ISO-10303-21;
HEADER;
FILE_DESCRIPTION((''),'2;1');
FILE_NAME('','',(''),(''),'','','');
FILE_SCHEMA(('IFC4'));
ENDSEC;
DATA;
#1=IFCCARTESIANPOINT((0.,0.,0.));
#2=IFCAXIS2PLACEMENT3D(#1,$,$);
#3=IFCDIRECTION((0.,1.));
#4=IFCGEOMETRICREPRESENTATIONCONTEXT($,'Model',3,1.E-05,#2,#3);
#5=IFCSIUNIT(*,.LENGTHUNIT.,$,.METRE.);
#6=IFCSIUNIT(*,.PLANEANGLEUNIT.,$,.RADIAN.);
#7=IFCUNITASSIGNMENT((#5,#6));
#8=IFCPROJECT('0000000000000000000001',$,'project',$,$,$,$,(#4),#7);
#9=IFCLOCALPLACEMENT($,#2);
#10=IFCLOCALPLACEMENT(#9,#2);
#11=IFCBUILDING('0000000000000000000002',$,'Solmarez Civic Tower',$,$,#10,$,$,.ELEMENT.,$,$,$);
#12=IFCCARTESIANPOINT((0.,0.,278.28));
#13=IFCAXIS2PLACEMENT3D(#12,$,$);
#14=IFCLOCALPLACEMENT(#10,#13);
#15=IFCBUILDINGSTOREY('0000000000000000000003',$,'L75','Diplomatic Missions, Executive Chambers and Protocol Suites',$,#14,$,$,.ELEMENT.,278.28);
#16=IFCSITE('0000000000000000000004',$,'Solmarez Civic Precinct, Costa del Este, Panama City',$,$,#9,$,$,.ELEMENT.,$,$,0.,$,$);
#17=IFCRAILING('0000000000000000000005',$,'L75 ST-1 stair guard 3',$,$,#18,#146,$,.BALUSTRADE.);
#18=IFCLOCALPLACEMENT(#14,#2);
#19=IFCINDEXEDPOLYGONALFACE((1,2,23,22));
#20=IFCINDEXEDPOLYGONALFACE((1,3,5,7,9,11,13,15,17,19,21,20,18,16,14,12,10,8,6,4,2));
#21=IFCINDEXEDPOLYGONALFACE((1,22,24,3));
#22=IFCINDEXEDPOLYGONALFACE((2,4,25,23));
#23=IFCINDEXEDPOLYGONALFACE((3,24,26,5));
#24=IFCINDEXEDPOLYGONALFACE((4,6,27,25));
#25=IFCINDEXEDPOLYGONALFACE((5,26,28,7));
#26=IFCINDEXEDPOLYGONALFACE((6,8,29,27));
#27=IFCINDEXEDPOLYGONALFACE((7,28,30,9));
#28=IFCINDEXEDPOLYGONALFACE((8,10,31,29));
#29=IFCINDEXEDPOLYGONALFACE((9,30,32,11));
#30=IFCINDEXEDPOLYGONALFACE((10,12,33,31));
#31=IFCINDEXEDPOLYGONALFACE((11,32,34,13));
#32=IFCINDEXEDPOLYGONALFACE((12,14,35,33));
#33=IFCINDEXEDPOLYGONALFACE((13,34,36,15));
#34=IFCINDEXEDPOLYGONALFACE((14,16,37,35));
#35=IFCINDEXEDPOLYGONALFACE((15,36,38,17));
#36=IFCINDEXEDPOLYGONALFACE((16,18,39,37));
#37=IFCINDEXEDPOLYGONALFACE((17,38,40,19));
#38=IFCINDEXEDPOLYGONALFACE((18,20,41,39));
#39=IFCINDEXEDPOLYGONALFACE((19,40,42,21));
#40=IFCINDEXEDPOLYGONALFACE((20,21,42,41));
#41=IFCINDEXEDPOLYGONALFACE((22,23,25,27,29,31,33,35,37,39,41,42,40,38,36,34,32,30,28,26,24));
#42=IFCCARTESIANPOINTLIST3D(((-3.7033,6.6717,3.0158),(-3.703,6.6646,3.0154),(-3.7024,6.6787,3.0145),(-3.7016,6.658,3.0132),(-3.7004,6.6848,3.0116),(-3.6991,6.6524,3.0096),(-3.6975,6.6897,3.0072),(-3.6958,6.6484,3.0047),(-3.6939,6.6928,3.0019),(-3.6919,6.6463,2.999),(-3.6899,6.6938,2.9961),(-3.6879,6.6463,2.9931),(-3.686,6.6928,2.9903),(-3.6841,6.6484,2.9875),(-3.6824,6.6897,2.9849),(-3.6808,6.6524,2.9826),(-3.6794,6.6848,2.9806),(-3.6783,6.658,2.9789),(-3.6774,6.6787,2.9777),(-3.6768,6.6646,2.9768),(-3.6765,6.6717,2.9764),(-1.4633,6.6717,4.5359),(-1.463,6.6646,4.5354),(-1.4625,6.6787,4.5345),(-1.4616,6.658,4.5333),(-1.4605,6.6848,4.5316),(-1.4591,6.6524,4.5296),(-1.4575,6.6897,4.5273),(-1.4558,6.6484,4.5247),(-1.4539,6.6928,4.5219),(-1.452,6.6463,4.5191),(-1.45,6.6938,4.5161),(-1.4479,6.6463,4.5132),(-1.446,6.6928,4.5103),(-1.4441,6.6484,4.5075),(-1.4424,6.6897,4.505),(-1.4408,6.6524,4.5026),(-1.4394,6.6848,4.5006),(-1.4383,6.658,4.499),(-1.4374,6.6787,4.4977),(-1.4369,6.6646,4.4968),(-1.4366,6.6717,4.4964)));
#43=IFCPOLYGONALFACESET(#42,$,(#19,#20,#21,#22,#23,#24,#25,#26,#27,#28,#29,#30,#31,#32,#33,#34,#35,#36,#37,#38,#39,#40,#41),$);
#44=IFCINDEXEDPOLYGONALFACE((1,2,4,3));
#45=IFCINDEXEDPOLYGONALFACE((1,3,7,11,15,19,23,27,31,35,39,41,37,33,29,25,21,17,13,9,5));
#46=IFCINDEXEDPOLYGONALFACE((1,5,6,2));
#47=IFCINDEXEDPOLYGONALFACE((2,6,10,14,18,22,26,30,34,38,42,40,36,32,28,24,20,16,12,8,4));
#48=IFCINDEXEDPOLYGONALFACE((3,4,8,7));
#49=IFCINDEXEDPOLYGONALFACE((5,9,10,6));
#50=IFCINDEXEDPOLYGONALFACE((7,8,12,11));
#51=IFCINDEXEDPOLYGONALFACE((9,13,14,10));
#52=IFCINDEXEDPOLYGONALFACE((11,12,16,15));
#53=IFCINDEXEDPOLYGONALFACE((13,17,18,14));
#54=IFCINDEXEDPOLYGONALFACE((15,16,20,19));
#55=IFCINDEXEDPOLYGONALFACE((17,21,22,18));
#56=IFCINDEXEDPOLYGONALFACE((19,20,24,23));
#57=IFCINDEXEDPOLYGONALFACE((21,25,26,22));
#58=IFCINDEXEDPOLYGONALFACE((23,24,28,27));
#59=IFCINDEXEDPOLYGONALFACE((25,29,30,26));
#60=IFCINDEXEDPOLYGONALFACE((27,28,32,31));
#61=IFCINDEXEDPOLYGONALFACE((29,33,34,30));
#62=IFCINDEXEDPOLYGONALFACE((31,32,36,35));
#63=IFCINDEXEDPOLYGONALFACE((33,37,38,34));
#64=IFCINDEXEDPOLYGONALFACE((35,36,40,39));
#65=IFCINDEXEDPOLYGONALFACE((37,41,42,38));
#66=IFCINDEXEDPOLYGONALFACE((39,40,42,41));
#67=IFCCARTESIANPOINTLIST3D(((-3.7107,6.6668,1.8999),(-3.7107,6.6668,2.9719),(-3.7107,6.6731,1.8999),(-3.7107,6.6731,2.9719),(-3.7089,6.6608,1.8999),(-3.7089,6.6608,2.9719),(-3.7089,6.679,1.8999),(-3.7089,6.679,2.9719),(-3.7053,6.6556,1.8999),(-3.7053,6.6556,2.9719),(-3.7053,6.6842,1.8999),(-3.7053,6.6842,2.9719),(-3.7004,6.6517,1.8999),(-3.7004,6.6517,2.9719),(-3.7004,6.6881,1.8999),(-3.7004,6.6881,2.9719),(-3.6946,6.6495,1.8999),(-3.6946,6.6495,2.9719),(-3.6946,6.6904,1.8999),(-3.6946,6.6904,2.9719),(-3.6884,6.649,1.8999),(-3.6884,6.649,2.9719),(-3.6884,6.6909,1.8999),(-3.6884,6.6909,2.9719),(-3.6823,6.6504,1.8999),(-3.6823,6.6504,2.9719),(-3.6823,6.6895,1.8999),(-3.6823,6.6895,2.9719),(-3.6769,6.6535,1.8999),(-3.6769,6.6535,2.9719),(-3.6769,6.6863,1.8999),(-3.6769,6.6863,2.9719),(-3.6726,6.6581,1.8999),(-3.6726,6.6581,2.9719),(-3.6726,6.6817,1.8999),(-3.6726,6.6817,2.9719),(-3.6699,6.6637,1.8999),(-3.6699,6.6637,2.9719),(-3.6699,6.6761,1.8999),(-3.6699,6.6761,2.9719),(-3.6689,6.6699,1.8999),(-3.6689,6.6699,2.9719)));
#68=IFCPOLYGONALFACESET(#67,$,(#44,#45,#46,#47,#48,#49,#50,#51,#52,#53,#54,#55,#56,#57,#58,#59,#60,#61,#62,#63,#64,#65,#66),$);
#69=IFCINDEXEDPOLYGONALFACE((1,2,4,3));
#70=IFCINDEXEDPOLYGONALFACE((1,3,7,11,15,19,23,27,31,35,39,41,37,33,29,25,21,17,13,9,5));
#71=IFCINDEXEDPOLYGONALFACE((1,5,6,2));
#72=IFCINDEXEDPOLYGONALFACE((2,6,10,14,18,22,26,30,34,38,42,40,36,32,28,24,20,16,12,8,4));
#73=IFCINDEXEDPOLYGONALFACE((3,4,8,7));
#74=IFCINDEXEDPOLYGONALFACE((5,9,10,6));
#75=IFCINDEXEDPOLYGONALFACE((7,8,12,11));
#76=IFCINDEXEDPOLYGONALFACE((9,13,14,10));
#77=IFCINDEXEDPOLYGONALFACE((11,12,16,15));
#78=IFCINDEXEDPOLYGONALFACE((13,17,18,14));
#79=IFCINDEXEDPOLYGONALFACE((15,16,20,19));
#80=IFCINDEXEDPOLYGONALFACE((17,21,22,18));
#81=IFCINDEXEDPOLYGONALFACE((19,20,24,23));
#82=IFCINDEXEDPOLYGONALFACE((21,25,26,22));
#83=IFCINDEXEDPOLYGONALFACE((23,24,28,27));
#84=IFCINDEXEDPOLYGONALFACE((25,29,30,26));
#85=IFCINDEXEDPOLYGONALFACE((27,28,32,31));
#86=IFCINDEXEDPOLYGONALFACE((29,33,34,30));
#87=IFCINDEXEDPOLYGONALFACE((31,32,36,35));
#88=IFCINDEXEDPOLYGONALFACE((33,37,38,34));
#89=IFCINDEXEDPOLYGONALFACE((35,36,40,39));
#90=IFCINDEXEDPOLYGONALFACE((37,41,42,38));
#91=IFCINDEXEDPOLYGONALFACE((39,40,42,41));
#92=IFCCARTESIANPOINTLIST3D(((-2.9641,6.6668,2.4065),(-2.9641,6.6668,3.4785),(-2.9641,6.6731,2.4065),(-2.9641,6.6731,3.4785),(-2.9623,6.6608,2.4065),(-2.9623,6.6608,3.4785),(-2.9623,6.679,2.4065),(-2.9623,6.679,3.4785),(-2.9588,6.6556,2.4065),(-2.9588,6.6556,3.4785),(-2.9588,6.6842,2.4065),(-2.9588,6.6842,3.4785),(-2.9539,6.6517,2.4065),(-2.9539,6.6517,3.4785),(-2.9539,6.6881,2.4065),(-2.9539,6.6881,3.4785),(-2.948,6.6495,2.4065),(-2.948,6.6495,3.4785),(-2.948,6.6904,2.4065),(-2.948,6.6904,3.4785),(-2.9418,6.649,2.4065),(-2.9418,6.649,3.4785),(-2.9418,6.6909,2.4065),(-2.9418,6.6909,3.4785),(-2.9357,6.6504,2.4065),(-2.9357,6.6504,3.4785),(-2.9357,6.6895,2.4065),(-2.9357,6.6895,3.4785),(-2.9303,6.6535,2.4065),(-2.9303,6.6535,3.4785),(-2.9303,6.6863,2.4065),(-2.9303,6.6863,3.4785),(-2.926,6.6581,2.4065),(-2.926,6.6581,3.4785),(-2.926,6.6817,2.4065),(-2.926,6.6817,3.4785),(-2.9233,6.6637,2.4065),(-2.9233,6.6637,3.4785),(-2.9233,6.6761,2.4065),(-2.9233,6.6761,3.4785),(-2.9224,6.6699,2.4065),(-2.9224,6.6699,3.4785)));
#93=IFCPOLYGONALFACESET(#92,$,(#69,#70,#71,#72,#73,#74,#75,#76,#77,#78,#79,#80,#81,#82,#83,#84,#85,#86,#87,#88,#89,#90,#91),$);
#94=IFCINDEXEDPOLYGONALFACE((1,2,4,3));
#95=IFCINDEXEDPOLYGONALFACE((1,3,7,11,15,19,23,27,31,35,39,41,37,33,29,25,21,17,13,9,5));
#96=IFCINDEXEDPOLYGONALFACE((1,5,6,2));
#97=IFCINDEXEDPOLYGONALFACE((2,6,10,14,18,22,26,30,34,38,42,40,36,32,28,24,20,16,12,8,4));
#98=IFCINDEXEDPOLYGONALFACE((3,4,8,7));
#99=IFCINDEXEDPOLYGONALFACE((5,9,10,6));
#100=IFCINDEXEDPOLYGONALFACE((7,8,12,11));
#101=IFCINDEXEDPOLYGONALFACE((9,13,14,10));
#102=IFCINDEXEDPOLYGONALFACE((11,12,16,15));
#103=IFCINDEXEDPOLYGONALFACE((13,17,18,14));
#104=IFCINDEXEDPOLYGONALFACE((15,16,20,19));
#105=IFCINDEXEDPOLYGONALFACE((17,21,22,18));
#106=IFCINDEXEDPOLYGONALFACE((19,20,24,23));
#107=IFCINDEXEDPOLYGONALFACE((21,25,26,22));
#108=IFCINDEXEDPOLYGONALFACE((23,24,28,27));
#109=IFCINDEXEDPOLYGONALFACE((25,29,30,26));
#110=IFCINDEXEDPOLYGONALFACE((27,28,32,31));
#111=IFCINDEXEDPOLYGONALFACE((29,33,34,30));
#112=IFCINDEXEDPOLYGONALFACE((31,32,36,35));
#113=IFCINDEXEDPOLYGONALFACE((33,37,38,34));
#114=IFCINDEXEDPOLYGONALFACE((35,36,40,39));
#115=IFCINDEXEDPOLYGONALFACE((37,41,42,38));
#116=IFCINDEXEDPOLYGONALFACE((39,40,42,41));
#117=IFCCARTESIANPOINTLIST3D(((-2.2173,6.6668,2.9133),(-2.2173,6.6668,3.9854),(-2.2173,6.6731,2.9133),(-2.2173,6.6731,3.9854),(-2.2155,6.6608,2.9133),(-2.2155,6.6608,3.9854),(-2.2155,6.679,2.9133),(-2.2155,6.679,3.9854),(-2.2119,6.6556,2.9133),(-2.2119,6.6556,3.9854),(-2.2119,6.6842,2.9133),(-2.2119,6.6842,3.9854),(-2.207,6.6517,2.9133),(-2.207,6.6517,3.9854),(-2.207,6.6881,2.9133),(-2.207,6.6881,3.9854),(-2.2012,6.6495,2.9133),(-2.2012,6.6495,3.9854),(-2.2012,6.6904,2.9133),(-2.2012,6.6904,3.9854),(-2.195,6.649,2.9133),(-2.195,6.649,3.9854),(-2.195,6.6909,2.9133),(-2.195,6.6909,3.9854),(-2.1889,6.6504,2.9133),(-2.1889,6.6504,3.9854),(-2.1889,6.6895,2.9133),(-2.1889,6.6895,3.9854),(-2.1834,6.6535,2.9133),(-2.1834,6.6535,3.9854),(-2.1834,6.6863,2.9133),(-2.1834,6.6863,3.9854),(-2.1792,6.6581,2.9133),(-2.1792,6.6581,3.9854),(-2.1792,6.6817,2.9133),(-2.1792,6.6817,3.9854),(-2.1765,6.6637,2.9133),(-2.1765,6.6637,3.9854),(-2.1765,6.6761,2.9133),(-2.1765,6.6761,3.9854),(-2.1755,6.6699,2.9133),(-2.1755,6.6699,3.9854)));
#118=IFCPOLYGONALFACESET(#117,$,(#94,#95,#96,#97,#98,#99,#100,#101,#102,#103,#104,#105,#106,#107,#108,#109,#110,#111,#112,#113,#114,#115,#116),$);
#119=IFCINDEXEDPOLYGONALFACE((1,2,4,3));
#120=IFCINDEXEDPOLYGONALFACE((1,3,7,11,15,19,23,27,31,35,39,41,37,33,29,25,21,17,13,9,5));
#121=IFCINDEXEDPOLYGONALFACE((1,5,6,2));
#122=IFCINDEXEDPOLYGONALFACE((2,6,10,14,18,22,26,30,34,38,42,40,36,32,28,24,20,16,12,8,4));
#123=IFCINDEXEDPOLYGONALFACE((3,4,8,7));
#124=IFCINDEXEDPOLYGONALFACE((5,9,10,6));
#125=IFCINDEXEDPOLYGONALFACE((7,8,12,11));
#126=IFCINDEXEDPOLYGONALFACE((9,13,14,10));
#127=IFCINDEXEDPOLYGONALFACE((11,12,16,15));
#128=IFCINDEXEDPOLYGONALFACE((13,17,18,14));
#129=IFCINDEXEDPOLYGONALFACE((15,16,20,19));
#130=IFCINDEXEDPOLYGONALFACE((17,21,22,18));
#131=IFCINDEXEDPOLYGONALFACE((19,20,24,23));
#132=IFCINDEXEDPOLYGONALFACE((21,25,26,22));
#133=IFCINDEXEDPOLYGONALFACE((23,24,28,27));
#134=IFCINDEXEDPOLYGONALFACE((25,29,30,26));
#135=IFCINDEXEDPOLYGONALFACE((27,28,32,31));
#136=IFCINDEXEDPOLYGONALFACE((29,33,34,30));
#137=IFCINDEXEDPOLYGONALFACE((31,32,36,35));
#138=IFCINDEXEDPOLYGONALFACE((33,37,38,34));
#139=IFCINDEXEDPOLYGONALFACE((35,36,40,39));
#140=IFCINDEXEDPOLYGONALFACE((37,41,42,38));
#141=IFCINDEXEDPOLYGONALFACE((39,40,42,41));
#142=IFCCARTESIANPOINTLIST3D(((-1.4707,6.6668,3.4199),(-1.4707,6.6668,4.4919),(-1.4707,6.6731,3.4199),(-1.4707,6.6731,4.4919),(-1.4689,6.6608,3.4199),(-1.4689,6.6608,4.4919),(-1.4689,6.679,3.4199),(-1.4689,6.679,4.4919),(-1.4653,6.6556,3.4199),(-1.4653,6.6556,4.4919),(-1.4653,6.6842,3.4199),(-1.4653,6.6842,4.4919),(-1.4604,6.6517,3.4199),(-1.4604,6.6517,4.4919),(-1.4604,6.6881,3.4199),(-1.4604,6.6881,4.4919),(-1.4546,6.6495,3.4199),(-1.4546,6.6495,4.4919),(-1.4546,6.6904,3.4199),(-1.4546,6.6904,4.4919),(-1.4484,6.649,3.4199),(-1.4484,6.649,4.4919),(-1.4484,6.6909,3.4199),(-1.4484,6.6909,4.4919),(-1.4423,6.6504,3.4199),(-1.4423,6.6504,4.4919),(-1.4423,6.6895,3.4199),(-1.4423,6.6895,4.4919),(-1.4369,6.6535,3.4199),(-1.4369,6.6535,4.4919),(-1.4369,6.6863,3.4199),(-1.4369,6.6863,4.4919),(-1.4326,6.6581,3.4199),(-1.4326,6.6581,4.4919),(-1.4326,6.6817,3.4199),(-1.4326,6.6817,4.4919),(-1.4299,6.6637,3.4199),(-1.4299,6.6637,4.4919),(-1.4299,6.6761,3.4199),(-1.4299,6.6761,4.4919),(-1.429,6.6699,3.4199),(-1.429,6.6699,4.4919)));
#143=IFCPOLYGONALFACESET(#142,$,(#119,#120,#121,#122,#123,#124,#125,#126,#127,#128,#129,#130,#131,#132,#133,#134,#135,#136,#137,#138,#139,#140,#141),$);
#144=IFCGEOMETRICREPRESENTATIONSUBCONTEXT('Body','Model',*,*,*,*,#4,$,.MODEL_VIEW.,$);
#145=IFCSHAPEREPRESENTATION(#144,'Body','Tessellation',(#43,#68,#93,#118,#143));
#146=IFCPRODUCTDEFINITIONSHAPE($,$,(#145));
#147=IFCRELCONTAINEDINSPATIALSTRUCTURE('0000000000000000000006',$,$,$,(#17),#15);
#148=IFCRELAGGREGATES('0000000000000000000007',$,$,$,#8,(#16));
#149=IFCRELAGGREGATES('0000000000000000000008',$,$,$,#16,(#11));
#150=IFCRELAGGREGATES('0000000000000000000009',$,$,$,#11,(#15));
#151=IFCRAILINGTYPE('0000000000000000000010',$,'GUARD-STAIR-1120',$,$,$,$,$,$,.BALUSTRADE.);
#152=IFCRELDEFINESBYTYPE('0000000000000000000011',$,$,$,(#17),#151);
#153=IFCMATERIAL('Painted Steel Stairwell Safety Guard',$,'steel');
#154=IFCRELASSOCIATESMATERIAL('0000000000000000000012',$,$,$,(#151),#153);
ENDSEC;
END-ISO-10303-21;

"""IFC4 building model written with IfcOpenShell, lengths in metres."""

from ifc_helpers import new_model, si_unit, direction, frame, origin, origin_2d, place, context, subcontext, project, spatial, circle, extrude, material, type_object, element, save


model = new_model("IFC4")

# Units and contexts
model_context = context("Model", 3, precision=1e-05, world=origin(), true_north=direction((0.0, 1.0)))
body_context = subcontext(model_context, "Body", "Model", "MODEL_VIEW")
ifc_project = project(units=[si_unit("LENGTHUNIT", "METRE"), si_unit("PLANEANGLEUNIT", "RADIAN")], contexts=[model_context])

# Site, building, storey
site_placement = place(None, origin())
site = spatial("IfcSite", under=ifc_project, at=site_placement, Name="Solmarez Civic Precinct, Costa del Este, Panama City", CompositionType="ELEMENT", RefElevation=0.0)
building_placement = place(site_placement, origin())
building = spatial("IfcBuilding", under=site, at=building_placement, Name="Solmarez Civic Tower", CompositionType="ELEMENT")
storey_placement = place(building_placement, frame((0.0, 0.0, 278.28)))
storey = spatial("IfcBuildingStorey", under=building, at=storey_placement, Name="L75", Description="Diplomatic Missions, Executive Chambers and Protocol Suites", CompositionType="ELEMENT", Elevation=278.28)

# Railing
ifc_material_1 = material(Name="Painted Steel Stairwell Safety Guard", Category="steel")
railing_type_1 = type_object("IfcRailingType", Name="GUARD-STAIR-1120", PredefinedType="BALUSTRADE", material=ifc_material_1)
railing_1_placement = place(storey_placement, frame((-3.6899, 6.6699, 1.8999)))
element("IfcRailing", 1, at=railing_1_placement, inside=storey, type_object=railing_type_1, Name="L75 ST-1 stair guard 3", PredefinedType="BALUSTRADE", context=body_context, shape_type="SweptSolid", body=[
    extrude(circle(Radius=0.0239, at=origin_2d()), frame((0.0, 0.0, 1.0962), z_axis=(0.827471, 0.0, 0.561508), x_axis=(0.0, 1.0, 0.0)), (0.0, 0.0, 1.0), 2.707),
    extrude(circle(Radius=0.021, at=origin_2d()), origin(), (0.0, 0.0, 1.0), 1.072),
    extrude(circle(Radius=0.021, at=origin_2d()), frame((0.7466, 0.0, 0.5066)), (0.0, 0.0, 1.0), 1.072),
    extrude(circle(Radius=0.021, at=origin_2d()), frame((1.4934, 0.0, 1.0134)), (0.0, 0.0, 1.0), 1.072),
    extrude(circle(Radius=0.021, at=origin_2d()), frame((2.24, 0.0, 1.52)), (0.0, 0.0, 1.0), 1.072),
])

save(model, "model.ifc")
